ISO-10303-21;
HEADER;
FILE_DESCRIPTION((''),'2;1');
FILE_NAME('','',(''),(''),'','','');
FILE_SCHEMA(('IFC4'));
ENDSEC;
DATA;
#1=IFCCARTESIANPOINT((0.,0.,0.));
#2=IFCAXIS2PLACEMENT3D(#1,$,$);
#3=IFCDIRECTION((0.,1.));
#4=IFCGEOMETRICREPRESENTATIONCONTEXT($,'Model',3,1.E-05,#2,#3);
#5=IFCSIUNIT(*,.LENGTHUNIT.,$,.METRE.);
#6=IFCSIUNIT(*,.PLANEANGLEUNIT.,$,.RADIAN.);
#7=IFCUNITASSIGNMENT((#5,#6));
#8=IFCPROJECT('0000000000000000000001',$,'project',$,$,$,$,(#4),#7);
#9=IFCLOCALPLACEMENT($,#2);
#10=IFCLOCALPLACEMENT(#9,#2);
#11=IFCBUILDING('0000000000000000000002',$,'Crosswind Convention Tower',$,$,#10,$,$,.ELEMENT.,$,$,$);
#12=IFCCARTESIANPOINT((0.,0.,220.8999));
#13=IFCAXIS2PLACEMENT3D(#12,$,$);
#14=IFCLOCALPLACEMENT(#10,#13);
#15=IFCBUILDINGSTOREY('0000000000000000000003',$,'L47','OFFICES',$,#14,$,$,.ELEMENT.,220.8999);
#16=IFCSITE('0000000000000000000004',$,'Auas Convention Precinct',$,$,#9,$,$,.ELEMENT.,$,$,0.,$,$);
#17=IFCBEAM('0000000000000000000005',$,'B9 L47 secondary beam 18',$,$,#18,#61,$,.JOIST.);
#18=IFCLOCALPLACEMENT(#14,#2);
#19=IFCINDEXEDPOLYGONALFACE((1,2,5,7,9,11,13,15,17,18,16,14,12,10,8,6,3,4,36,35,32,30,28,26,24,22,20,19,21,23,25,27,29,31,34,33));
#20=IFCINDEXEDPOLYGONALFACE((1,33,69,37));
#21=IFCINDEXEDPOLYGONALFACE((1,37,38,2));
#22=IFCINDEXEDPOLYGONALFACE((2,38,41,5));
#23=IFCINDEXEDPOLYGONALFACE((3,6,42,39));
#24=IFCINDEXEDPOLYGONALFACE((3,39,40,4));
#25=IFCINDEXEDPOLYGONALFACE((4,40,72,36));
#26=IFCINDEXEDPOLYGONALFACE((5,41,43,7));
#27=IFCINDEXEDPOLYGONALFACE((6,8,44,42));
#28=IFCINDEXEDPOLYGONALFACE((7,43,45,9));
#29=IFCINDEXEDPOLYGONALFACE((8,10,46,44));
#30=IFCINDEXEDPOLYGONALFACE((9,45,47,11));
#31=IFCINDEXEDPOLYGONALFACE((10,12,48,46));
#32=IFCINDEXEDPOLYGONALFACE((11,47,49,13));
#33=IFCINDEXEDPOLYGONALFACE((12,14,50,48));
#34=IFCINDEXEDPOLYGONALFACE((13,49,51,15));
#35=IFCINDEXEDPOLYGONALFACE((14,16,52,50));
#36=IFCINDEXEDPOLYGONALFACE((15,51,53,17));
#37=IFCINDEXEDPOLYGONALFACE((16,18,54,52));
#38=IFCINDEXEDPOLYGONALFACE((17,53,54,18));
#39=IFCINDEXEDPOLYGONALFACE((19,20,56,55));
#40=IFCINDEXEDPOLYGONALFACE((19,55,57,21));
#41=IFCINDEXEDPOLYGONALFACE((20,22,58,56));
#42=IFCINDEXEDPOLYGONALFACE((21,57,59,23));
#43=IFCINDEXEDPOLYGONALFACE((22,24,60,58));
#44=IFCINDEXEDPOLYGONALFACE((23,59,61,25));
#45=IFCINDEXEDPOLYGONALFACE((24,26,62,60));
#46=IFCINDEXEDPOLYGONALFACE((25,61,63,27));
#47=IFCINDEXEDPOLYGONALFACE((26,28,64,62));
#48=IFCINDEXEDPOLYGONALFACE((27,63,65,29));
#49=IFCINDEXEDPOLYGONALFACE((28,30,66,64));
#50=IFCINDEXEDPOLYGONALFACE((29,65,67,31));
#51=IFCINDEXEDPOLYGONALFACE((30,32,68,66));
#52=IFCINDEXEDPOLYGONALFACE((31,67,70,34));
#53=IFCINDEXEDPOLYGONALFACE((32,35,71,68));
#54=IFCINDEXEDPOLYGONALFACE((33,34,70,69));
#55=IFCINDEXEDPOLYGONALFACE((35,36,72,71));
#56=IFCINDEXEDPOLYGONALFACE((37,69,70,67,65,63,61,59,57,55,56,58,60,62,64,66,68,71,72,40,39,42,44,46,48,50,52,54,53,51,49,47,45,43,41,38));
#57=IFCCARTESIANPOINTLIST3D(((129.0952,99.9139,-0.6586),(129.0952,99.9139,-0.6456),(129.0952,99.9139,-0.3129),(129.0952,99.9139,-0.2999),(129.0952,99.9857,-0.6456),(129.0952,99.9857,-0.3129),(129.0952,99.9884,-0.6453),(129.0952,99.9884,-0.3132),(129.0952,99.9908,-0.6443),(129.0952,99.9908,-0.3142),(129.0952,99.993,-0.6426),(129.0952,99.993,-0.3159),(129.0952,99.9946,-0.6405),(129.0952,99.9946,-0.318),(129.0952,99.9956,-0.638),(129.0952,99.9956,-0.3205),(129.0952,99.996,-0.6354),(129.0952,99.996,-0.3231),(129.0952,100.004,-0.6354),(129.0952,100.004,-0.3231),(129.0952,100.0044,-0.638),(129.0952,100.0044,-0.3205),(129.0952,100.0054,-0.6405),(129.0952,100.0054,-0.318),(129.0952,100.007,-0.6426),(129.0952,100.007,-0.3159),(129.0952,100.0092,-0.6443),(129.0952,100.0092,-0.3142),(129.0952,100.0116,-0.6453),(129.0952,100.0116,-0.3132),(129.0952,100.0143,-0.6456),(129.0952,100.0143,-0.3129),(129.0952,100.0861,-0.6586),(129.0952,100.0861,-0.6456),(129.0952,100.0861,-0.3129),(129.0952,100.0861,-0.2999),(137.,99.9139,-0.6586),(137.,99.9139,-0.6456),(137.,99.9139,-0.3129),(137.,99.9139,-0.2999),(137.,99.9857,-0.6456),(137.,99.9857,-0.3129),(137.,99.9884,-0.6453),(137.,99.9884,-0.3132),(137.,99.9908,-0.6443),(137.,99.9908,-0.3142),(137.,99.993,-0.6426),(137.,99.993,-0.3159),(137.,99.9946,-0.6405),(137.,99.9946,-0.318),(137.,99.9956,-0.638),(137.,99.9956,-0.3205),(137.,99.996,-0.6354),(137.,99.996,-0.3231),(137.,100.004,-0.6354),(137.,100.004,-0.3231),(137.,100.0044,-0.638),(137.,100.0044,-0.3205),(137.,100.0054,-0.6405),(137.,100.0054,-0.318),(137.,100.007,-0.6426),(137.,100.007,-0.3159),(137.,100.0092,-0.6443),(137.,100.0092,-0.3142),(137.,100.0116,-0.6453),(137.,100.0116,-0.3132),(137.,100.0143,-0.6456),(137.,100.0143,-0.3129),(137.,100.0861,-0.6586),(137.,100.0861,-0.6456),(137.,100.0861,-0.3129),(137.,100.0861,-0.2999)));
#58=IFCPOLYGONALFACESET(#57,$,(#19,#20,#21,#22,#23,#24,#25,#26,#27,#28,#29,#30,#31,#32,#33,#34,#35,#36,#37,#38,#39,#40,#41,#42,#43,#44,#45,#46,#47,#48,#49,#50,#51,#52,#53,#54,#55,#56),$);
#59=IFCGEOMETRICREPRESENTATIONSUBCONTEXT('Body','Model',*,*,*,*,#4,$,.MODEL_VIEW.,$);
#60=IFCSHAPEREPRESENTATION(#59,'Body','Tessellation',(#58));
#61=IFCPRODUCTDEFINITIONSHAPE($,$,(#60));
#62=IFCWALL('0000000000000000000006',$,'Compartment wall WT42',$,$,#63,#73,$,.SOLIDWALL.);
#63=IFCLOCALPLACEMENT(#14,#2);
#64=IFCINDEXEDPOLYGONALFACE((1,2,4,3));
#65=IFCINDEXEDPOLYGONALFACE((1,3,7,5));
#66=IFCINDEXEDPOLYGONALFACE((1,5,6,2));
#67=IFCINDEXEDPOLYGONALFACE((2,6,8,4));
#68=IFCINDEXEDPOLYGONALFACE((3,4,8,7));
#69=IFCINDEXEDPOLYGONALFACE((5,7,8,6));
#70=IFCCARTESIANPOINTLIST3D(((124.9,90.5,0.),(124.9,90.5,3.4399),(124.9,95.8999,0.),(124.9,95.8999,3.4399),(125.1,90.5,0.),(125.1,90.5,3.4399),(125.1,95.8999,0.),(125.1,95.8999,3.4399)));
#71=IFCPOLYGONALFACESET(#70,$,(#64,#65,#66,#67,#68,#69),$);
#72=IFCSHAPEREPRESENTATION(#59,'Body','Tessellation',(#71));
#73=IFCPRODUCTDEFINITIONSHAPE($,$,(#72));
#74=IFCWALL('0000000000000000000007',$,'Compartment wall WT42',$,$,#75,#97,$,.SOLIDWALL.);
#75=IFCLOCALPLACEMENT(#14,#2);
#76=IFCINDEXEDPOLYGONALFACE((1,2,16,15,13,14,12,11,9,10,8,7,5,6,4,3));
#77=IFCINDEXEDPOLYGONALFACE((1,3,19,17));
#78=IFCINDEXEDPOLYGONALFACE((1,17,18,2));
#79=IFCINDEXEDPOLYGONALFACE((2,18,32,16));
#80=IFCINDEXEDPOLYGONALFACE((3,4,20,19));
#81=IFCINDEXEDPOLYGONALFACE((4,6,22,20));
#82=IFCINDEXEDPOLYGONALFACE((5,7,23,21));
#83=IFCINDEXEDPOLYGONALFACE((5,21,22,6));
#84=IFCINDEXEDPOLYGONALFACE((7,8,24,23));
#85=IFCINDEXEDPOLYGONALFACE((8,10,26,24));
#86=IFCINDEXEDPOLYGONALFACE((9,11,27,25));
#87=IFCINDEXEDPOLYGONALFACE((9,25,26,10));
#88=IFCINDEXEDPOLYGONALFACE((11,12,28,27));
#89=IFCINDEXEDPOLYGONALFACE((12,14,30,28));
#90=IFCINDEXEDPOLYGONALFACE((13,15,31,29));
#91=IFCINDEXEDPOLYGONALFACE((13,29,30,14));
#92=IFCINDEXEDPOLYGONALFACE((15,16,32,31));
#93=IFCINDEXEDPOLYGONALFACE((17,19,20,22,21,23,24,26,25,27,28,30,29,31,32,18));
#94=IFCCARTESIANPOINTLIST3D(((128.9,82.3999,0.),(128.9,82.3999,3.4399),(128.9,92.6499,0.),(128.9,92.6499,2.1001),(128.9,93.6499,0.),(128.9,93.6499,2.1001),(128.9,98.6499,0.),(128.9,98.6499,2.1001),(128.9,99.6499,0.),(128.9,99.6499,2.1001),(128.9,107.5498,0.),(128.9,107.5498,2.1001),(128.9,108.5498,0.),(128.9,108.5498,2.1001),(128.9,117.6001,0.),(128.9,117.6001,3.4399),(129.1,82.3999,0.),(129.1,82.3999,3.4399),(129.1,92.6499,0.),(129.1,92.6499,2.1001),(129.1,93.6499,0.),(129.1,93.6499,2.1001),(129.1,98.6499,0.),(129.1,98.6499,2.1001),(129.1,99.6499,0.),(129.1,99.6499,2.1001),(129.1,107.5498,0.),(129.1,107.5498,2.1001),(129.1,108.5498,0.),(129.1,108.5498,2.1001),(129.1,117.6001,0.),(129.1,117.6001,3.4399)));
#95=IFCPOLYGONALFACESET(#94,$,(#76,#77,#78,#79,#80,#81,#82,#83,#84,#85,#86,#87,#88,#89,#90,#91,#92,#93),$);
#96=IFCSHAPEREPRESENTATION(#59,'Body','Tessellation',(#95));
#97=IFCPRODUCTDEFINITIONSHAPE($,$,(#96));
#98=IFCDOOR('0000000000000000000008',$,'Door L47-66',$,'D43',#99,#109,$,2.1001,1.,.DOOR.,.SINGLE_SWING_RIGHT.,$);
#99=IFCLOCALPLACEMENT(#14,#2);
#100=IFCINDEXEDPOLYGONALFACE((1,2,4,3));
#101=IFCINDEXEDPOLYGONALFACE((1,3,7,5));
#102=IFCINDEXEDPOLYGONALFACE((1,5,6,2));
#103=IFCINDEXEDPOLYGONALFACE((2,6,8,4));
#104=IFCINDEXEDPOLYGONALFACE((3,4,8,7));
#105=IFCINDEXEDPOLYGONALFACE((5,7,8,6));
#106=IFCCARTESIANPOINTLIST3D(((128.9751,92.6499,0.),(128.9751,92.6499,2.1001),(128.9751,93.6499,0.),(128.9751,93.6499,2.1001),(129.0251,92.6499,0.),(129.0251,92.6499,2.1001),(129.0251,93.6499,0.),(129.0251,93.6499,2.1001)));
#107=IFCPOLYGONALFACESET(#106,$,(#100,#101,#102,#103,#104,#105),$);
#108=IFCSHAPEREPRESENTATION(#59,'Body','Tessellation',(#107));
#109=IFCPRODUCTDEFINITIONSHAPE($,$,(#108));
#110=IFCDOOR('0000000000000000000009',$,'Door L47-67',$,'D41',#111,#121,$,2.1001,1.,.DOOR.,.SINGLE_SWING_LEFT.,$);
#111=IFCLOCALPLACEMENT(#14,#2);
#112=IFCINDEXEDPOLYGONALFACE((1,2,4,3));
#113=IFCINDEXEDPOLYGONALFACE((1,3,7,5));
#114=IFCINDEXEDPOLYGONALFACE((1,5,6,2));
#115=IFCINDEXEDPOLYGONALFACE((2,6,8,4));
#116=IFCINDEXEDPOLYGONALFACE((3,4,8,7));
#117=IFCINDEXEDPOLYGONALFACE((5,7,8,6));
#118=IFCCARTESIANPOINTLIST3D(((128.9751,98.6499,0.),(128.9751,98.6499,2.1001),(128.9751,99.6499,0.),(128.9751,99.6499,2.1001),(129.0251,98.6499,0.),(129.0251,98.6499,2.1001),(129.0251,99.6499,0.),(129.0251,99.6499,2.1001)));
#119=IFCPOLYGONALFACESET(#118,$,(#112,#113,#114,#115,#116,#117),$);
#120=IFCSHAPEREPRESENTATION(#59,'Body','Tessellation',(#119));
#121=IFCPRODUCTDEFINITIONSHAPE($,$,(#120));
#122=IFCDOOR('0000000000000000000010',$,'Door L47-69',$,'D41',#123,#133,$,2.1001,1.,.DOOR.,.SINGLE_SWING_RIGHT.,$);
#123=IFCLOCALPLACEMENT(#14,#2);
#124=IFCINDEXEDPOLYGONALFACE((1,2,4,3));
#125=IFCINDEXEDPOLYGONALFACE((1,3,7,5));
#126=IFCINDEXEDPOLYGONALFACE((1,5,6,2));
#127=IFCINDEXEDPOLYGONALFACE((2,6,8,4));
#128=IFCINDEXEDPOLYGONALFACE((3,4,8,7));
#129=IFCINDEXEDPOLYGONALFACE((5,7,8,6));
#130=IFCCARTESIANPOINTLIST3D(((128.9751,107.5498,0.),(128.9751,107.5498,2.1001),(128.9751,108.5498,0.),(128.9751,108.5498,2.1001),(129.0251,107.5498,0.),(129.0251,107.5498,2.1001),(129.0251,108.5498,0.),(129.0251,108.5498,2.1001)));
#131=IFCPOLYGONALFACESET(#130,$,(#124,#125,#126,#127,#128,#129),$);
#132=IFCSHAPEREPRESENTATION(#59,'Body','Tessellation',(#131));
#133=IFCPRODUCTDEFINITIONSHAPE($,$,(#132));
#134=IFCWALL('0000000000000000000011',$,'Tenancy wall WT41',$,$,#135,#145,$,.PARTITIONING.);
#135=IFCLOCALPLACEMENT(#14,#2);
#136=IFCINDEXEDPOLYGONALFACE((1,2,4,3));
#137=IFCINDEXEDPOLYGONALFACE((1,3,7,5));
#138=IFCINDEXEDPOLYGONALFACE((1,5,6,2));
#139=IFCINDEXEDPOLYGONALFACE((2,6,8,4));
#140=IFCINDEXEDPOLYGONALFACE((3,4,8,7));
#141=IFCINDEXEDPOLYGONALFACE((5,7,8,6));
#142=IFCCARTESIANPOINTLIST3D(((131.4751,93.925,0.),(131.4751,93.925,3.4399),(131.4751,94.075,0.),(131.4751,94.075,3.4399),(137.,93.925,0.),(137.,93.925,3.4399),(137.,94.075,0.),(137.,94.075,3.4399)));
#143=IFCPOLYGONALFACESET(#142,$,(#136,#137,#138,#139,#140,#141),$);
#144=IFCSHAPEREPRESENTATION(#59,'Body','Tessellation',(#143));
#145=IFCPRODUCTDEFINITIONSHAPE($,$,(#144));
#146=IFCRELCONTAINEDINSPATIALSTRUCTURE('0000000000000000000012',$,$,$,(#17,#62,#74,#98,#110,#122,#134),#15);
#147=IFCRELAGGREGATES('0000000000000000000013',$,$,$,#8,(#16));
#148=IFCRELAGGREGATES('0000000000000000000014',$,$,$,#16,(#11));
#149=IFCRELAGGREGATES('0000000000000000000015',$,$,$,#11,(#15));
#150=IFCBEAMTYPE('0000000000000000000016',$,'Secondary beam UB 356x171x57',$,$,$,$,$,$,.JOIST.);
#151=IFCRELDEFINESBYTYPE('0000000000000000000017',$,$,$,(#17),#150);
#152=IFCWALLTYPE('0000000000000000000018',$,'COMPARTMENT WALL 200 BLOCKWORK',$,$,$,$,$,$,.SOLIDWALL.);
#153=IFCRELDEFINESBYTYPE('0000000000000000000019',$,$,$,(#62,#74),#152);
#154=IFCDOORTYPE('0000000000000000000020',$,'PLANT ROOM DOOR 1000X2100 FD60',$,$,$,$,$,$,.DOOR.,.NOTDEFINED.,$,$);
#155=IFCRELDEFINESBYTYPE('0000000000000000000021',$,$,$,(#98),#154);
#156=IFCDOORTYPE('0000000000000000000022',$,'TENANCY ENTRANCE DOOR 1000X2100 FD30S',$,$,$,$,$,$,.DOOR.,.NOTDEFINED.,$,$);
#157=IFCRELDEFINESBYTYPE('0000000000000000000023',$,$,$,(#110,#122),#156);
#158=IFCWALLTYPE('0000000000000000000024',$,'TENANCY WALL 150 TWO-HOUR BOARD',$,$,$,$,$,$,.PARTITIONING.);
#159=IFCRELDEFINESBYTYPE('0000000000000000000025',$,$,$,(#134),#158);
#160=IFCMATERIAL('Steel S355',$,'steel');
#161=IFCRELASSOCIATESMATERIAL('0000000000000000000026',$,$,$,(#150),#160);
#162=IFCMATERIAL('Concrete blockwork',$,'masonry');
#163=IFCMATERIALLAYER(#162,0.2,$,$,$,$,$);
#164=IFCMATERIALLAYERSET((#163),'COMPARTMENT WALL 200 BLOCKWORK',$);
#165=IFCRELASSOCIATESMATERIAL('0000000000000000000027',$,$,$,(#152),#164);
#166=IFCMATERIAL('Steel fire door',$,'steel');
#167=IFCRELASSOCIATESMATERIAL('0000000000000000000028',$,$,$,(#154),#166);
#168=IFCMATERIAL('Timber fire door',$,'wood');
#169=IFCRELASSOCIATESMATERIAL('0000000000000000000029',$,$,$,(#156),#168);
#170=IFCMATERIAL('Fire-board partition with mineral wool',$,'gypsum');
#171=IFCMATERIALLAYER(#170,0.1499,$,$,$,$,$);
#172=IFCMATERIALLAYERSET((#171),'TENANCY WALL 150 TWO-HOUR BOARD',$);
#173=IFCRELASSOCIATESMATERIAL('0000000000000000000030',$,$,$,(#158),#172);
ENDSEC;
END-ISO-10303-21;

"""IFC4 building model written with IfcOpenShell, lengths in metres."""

from ifc_helpers import new_model, si_unit, direction, frame, frame_2d, origin, origin_2d, place, context, subcontext, project, spatial, rectangle, i_section, extrude, material, layer, layer_set, material_profile, profile_set, type_object, element, fill, save


model = new_model("IFC4")

# Units and contexts
model_context = context("Model", 3, precision=1e-05, world=origin(), true_north=direction((0.0, 1.0)))
body_context = subcontext(model_context, "Body", "Model", "MODEL_VIEW")
ifc_project = project(units=[si_unit("LENGTHUNIT", "METRE"), si_unit("PLANEANGLEUNIT", "RADIAN")], contexts=[model_context])

# Site, building, storey
site_placement = place(None, origin())
site = spatial("IfcSite", under=ifc_project, at=site_placement, Name="Auas Convention Precinct", CompositionType="ELEMENT", RefElevation=0.0)
building_placement = place(site_placement, origin())
building = spatial("IfcBuilding", under=site, at=building_placement, Name="Crosswind Convention Tower", CompositionType="ELEMENT")
storey_placement = place(building_placement, frame((0.0, 0.0, 220.8999)))
storey = spatial("IfcBuildingStorey", under=building, at=storey_placement, Name="L47", Description="OFFICES", CompositionType="ELEMENT", Elevation=220.8999)

# Beam
ifc_material_1 = material(Name="Steel S355", Category="steel")
ifc_material_profile_1 = material_profile(ifc_material_1, i_section(OverallWidth=0.1721, OverallDepth=0.3586, WebThickness=0.0081, FlangeThickness=0.0129, FilletRadius=0.0103, at=origin_2d()), Name="UB 356x171x57")
ifc_profile_set_1 = profile_set([ifc_material_profile_1], Name="Steel S355")
beam_type_1 = type_object("IfcBeamType", Name="Secondary beam UB 356x171x57", PredefinedType="JOIST", material=ifc_profile_set_1)
for number, where, z_axis, x_axis, name in (
    (1, (129.0952, 100.0, -0.4792), (1.0, 0.0, 0.0), (0.0, 1.0, 0.0), "B9 L47 secondary beam 18"),
):
    element("IfcBeam", number, at=place(storey_placement, frame(where, z_axis=z_axis, x_axis=x_axis)), inside=storey, type_object=beam_type_1, Name=name, PredefinedType="JOIST", context=body_context, shape_type="SweptSolid", body=[
        extrude(i_section(OverallWidth=0.1721, OverallDepth=0.3586, WebThickness=0.0081, FlangeThickness=0.0129, FilletRadius=0.0103, at=origin_2d()), origin(), (0.0, 0.0, 1.0), 7.9048),
    ])

# Wall
ifc_material_2 = material(Name="Concrete blockwork", Category="masonry")
ifc_layer_1 = layer(ifc_material_2, 0.2)
ifc_layer_set_1 = layer_set([ifc_layer_1], Name="COMPARTMENT WALL 200 BLOCKWORK")
wall_type_1 = type_object("IfcWallType", Name="COMPARTMENT WALL 200 BLOCKWORK", PredefinedType="SOLIDWALL", material=ifc_layer_set_1)
wall_1_placement = place(storey_placement, frame((125.0, 90.5, 0.0), z_axis=(0.0, 0.0, 1.0), x_axis=(0.0, 1.0, 0.0)))
element("IfcWall", 2, at=wall_1_placement, inside=storey, type_object=wall_type_1, Name="Compartment wall WT42", PredefinedType="SOLIDWALL", context=body_context, shape_type="SweptSolid", body=[
    extrude(rectangle(XDim=5.3999, YDim=0.2, at=frame_2d((2.7, 0.0))), origin(), (0.0, 0.0, 1.0), 3.4399),
])

# Wall, openings, doors
wall_2_placement = place(storey_placement, frame((129.0, 82.3999, 0.0), z_axis=(0.0, 0.0, 1.0), x_axis=(0.0, 1.0, 0.0)))
wall_2 = element("IfcWall", 3, at=wall_2_placement, inside=storey, type_object=wall_type_1, Name="Compartment wall WT42", PredefinedType="SOLIDWALL", context=body_context, shape_type="SweptSolid", body=[
    extrude(rectangle(XDim=35.2002, YDim=0.2, at=frame_2d((17.6001, 0.0))), origin(), (0.0, 0.0, 1.0), 3.4399),
])
opening_1_placement = place(wall_2_placement, frame((10.25, 0.0, 0.0)))
opening_1 = element("IfcOpeningElement", 4, at=opening_1_placement, cuts=wall_2, PredefinedType="OPENING", context=body_context, shape_type="SweptSolid", body=[
    extrude(rectangle(XDim=1.0, YDim=2.1001, at=frame_2d((0.5, 1.05))), frame((0.0, 0.1099, 0.0), z_axis=(0.0, -1.0, 0.0), x_axis=(1.0, 0.0, 0.0)), (0.0, 0.0, 1.0), 0.22),
])
opening_2_placement = place(wall_2_placement, frame((16.25, 0.0, 0.0)))
opening_2 = element("IfcOpeningElement", 5, at=opening_2_placement, cuts=wall_2, PredefinedType="OPENING", context=body_context, shape_type="SweptSolid", body=[
    extrude(rectangle(XDim=1.0, YDim=2.1001, at=frame_2d((0.5, 1.05))), frame((0.0, 0.1099, 0.0), z_axis=(0.0, -1.0, 0.0), x_axis=(1.0, 0.0, 0.0)), (0.0, 0.0, 1.0), 0.22),
])
opening_3_placement = place(wall_2_placement, frame((25.1499, 0.0, 0.0)))
opening_3 = element("IfcOpeningElement", 6, at=opening_3_placement, cuts=wall_2, PredefinedType="OPENING", context=body_context, shape_type="SweptSolid", body=[
    extrude(rectangle(XDim=1.0, YDim=2.1001, at=frame_2d((0.5, 1.05))), frame((0.0, 0.1099, 0.0), z_axis=(0.0, -1.0, 0.0), x_axis=(1.0, 0.0, 0.0)), (0.0, 0.0, 1.0), 0.22),
])
ifc_material_3 = material(Name="Steel fire door", Category="steel")
door_type_1 = type_object("IfcDoorType", Name="PLANT ROOM DOOR 1000X2100 FD60", OperationType="NOTDEFINED", PredefinedType="DOOR", material=ifc_material_3)
door_1_placement = place(opening_1_placement, origin())
door_1 = element("IfcDoor", 7, at=door_1_placement, inside=storey, type_object=door_type_1, Name="Door L47-66", ObjectType="D43", OperationType="SINGLE_SWING_RIGHT", OverallHeight=2.1001, OverallWidth=1.0, PredefinedType="DOOR", context=body_context, shape_type="SweptSolid", body=[
    extrude(rectangle(XDim=1.0, YDim=2.1001, at=frame_2d((0.5, 1.05))), frame((0.0, 0.0249, 0.0), z_axis=(0.0, -1.0, 0.0), x_axis=(1.0, 0.0, 0.0)), (0.0, 0.0, 1.0), 0.05),
])
fill(opening_1, door_1)
ifc_material_4 = material(Name="Timber fire door", Category="wood")
door_type_2 = type_object("IfcDoorType", Name="TENANCY ENTRANCE DOOR 1000X2100 FD30S", OperationType="NOTDEFINED", PredefinedType="DOOR", material=ifc_material_4)
door_2_placement = place(opening_2_placement, origin())
door_2 = element("IfcDoor", 8, at=door_2_placement, inside=storey, type_object=door_type_2, Name="Door L47-67", ObjectType="D41", OperationType="SINGLE_SWING_LEFT", OverallHeight=2.1001, OverallWidth=1.0, PredefinedType="DOOR", context=body_context, shape_type="SweptSolid", body=[
    extrude(rectangle(XDim=1.0, YDim=2.1001, at=frame_2d((0.5, 1.05))), frame((0.0, 0.0249, 0.0), z_axis=(0.0, -1.0, 0.0), x_axis=(1.0, 0.0, 0.0)), (0.0, 0.0, 1.0), 0.05),
])
fill(opening_2, door_2)
door_3_placement = place(opening_3_placement, origin())
door_3 = element("IfcDoor", 9, at=door_3_placement, inside=storey, type_object=door_type_2, Name="Door L47-69", ObjectType="D41", OperationType="SINGLE_SWING_RIGHT", OverallHeight=2.1001, OverallWidth=1.0, PredefinedType="DOOR", context=body_context, shape_type="SweptSolid", body=[
    extrude(rectangle(XDim=1.0, YDim=2.1001, at=frame_2d((0.5, 1.05))), frame((0.0, 0.0249, 0.0), z_axis=(0.0, -1.0, 0.0), x_axis=(1.0, 0.0, 0.0)), (0.0, 0.0, 1.0), 0.05),
])
fill(opening_3, door_3)

# Wall
ifc_material_5 = material(Name="Fire-board partition with mineral wool", Category="gypsum")
ifc_layer_2 = layer(ifc_material_5, 0.1499)
ifc_layer_set_2 = layer_set([ifc_layer_2], Name="TENANCY WALL 150 TWO-HOUR BOARD")
wall_type_2 = type_object("IfcWallType", Name="TENANCY WALL 150 TWO-HOUR BOARD", PredefinedType="PARTITIONING", material=ifc_layer_set_2)
wall_3_placement = place(storey_placement, frame((131.4751, 94.0, 0.0), z_axis=(0.0, 0.0, 1.0), x_axis=(1.0, 0.0, 0.0)))
element("IfcWall", 10, at=wall_3_placement, inside=storey, type_object=wall_type_2, Name="Tenancy wall WT41", PredefinedType="PARTITIONING", context=body_context, shape_type="SweptSolid", body=[
    extrude(rectangle(XDim=5.5249, YDim=0.1499, at=frame_2d((2.7625, 0.0))), origin(), (0.0, 0.0, 1.0), 3.4399),
])

save(model, "model.ifc")
